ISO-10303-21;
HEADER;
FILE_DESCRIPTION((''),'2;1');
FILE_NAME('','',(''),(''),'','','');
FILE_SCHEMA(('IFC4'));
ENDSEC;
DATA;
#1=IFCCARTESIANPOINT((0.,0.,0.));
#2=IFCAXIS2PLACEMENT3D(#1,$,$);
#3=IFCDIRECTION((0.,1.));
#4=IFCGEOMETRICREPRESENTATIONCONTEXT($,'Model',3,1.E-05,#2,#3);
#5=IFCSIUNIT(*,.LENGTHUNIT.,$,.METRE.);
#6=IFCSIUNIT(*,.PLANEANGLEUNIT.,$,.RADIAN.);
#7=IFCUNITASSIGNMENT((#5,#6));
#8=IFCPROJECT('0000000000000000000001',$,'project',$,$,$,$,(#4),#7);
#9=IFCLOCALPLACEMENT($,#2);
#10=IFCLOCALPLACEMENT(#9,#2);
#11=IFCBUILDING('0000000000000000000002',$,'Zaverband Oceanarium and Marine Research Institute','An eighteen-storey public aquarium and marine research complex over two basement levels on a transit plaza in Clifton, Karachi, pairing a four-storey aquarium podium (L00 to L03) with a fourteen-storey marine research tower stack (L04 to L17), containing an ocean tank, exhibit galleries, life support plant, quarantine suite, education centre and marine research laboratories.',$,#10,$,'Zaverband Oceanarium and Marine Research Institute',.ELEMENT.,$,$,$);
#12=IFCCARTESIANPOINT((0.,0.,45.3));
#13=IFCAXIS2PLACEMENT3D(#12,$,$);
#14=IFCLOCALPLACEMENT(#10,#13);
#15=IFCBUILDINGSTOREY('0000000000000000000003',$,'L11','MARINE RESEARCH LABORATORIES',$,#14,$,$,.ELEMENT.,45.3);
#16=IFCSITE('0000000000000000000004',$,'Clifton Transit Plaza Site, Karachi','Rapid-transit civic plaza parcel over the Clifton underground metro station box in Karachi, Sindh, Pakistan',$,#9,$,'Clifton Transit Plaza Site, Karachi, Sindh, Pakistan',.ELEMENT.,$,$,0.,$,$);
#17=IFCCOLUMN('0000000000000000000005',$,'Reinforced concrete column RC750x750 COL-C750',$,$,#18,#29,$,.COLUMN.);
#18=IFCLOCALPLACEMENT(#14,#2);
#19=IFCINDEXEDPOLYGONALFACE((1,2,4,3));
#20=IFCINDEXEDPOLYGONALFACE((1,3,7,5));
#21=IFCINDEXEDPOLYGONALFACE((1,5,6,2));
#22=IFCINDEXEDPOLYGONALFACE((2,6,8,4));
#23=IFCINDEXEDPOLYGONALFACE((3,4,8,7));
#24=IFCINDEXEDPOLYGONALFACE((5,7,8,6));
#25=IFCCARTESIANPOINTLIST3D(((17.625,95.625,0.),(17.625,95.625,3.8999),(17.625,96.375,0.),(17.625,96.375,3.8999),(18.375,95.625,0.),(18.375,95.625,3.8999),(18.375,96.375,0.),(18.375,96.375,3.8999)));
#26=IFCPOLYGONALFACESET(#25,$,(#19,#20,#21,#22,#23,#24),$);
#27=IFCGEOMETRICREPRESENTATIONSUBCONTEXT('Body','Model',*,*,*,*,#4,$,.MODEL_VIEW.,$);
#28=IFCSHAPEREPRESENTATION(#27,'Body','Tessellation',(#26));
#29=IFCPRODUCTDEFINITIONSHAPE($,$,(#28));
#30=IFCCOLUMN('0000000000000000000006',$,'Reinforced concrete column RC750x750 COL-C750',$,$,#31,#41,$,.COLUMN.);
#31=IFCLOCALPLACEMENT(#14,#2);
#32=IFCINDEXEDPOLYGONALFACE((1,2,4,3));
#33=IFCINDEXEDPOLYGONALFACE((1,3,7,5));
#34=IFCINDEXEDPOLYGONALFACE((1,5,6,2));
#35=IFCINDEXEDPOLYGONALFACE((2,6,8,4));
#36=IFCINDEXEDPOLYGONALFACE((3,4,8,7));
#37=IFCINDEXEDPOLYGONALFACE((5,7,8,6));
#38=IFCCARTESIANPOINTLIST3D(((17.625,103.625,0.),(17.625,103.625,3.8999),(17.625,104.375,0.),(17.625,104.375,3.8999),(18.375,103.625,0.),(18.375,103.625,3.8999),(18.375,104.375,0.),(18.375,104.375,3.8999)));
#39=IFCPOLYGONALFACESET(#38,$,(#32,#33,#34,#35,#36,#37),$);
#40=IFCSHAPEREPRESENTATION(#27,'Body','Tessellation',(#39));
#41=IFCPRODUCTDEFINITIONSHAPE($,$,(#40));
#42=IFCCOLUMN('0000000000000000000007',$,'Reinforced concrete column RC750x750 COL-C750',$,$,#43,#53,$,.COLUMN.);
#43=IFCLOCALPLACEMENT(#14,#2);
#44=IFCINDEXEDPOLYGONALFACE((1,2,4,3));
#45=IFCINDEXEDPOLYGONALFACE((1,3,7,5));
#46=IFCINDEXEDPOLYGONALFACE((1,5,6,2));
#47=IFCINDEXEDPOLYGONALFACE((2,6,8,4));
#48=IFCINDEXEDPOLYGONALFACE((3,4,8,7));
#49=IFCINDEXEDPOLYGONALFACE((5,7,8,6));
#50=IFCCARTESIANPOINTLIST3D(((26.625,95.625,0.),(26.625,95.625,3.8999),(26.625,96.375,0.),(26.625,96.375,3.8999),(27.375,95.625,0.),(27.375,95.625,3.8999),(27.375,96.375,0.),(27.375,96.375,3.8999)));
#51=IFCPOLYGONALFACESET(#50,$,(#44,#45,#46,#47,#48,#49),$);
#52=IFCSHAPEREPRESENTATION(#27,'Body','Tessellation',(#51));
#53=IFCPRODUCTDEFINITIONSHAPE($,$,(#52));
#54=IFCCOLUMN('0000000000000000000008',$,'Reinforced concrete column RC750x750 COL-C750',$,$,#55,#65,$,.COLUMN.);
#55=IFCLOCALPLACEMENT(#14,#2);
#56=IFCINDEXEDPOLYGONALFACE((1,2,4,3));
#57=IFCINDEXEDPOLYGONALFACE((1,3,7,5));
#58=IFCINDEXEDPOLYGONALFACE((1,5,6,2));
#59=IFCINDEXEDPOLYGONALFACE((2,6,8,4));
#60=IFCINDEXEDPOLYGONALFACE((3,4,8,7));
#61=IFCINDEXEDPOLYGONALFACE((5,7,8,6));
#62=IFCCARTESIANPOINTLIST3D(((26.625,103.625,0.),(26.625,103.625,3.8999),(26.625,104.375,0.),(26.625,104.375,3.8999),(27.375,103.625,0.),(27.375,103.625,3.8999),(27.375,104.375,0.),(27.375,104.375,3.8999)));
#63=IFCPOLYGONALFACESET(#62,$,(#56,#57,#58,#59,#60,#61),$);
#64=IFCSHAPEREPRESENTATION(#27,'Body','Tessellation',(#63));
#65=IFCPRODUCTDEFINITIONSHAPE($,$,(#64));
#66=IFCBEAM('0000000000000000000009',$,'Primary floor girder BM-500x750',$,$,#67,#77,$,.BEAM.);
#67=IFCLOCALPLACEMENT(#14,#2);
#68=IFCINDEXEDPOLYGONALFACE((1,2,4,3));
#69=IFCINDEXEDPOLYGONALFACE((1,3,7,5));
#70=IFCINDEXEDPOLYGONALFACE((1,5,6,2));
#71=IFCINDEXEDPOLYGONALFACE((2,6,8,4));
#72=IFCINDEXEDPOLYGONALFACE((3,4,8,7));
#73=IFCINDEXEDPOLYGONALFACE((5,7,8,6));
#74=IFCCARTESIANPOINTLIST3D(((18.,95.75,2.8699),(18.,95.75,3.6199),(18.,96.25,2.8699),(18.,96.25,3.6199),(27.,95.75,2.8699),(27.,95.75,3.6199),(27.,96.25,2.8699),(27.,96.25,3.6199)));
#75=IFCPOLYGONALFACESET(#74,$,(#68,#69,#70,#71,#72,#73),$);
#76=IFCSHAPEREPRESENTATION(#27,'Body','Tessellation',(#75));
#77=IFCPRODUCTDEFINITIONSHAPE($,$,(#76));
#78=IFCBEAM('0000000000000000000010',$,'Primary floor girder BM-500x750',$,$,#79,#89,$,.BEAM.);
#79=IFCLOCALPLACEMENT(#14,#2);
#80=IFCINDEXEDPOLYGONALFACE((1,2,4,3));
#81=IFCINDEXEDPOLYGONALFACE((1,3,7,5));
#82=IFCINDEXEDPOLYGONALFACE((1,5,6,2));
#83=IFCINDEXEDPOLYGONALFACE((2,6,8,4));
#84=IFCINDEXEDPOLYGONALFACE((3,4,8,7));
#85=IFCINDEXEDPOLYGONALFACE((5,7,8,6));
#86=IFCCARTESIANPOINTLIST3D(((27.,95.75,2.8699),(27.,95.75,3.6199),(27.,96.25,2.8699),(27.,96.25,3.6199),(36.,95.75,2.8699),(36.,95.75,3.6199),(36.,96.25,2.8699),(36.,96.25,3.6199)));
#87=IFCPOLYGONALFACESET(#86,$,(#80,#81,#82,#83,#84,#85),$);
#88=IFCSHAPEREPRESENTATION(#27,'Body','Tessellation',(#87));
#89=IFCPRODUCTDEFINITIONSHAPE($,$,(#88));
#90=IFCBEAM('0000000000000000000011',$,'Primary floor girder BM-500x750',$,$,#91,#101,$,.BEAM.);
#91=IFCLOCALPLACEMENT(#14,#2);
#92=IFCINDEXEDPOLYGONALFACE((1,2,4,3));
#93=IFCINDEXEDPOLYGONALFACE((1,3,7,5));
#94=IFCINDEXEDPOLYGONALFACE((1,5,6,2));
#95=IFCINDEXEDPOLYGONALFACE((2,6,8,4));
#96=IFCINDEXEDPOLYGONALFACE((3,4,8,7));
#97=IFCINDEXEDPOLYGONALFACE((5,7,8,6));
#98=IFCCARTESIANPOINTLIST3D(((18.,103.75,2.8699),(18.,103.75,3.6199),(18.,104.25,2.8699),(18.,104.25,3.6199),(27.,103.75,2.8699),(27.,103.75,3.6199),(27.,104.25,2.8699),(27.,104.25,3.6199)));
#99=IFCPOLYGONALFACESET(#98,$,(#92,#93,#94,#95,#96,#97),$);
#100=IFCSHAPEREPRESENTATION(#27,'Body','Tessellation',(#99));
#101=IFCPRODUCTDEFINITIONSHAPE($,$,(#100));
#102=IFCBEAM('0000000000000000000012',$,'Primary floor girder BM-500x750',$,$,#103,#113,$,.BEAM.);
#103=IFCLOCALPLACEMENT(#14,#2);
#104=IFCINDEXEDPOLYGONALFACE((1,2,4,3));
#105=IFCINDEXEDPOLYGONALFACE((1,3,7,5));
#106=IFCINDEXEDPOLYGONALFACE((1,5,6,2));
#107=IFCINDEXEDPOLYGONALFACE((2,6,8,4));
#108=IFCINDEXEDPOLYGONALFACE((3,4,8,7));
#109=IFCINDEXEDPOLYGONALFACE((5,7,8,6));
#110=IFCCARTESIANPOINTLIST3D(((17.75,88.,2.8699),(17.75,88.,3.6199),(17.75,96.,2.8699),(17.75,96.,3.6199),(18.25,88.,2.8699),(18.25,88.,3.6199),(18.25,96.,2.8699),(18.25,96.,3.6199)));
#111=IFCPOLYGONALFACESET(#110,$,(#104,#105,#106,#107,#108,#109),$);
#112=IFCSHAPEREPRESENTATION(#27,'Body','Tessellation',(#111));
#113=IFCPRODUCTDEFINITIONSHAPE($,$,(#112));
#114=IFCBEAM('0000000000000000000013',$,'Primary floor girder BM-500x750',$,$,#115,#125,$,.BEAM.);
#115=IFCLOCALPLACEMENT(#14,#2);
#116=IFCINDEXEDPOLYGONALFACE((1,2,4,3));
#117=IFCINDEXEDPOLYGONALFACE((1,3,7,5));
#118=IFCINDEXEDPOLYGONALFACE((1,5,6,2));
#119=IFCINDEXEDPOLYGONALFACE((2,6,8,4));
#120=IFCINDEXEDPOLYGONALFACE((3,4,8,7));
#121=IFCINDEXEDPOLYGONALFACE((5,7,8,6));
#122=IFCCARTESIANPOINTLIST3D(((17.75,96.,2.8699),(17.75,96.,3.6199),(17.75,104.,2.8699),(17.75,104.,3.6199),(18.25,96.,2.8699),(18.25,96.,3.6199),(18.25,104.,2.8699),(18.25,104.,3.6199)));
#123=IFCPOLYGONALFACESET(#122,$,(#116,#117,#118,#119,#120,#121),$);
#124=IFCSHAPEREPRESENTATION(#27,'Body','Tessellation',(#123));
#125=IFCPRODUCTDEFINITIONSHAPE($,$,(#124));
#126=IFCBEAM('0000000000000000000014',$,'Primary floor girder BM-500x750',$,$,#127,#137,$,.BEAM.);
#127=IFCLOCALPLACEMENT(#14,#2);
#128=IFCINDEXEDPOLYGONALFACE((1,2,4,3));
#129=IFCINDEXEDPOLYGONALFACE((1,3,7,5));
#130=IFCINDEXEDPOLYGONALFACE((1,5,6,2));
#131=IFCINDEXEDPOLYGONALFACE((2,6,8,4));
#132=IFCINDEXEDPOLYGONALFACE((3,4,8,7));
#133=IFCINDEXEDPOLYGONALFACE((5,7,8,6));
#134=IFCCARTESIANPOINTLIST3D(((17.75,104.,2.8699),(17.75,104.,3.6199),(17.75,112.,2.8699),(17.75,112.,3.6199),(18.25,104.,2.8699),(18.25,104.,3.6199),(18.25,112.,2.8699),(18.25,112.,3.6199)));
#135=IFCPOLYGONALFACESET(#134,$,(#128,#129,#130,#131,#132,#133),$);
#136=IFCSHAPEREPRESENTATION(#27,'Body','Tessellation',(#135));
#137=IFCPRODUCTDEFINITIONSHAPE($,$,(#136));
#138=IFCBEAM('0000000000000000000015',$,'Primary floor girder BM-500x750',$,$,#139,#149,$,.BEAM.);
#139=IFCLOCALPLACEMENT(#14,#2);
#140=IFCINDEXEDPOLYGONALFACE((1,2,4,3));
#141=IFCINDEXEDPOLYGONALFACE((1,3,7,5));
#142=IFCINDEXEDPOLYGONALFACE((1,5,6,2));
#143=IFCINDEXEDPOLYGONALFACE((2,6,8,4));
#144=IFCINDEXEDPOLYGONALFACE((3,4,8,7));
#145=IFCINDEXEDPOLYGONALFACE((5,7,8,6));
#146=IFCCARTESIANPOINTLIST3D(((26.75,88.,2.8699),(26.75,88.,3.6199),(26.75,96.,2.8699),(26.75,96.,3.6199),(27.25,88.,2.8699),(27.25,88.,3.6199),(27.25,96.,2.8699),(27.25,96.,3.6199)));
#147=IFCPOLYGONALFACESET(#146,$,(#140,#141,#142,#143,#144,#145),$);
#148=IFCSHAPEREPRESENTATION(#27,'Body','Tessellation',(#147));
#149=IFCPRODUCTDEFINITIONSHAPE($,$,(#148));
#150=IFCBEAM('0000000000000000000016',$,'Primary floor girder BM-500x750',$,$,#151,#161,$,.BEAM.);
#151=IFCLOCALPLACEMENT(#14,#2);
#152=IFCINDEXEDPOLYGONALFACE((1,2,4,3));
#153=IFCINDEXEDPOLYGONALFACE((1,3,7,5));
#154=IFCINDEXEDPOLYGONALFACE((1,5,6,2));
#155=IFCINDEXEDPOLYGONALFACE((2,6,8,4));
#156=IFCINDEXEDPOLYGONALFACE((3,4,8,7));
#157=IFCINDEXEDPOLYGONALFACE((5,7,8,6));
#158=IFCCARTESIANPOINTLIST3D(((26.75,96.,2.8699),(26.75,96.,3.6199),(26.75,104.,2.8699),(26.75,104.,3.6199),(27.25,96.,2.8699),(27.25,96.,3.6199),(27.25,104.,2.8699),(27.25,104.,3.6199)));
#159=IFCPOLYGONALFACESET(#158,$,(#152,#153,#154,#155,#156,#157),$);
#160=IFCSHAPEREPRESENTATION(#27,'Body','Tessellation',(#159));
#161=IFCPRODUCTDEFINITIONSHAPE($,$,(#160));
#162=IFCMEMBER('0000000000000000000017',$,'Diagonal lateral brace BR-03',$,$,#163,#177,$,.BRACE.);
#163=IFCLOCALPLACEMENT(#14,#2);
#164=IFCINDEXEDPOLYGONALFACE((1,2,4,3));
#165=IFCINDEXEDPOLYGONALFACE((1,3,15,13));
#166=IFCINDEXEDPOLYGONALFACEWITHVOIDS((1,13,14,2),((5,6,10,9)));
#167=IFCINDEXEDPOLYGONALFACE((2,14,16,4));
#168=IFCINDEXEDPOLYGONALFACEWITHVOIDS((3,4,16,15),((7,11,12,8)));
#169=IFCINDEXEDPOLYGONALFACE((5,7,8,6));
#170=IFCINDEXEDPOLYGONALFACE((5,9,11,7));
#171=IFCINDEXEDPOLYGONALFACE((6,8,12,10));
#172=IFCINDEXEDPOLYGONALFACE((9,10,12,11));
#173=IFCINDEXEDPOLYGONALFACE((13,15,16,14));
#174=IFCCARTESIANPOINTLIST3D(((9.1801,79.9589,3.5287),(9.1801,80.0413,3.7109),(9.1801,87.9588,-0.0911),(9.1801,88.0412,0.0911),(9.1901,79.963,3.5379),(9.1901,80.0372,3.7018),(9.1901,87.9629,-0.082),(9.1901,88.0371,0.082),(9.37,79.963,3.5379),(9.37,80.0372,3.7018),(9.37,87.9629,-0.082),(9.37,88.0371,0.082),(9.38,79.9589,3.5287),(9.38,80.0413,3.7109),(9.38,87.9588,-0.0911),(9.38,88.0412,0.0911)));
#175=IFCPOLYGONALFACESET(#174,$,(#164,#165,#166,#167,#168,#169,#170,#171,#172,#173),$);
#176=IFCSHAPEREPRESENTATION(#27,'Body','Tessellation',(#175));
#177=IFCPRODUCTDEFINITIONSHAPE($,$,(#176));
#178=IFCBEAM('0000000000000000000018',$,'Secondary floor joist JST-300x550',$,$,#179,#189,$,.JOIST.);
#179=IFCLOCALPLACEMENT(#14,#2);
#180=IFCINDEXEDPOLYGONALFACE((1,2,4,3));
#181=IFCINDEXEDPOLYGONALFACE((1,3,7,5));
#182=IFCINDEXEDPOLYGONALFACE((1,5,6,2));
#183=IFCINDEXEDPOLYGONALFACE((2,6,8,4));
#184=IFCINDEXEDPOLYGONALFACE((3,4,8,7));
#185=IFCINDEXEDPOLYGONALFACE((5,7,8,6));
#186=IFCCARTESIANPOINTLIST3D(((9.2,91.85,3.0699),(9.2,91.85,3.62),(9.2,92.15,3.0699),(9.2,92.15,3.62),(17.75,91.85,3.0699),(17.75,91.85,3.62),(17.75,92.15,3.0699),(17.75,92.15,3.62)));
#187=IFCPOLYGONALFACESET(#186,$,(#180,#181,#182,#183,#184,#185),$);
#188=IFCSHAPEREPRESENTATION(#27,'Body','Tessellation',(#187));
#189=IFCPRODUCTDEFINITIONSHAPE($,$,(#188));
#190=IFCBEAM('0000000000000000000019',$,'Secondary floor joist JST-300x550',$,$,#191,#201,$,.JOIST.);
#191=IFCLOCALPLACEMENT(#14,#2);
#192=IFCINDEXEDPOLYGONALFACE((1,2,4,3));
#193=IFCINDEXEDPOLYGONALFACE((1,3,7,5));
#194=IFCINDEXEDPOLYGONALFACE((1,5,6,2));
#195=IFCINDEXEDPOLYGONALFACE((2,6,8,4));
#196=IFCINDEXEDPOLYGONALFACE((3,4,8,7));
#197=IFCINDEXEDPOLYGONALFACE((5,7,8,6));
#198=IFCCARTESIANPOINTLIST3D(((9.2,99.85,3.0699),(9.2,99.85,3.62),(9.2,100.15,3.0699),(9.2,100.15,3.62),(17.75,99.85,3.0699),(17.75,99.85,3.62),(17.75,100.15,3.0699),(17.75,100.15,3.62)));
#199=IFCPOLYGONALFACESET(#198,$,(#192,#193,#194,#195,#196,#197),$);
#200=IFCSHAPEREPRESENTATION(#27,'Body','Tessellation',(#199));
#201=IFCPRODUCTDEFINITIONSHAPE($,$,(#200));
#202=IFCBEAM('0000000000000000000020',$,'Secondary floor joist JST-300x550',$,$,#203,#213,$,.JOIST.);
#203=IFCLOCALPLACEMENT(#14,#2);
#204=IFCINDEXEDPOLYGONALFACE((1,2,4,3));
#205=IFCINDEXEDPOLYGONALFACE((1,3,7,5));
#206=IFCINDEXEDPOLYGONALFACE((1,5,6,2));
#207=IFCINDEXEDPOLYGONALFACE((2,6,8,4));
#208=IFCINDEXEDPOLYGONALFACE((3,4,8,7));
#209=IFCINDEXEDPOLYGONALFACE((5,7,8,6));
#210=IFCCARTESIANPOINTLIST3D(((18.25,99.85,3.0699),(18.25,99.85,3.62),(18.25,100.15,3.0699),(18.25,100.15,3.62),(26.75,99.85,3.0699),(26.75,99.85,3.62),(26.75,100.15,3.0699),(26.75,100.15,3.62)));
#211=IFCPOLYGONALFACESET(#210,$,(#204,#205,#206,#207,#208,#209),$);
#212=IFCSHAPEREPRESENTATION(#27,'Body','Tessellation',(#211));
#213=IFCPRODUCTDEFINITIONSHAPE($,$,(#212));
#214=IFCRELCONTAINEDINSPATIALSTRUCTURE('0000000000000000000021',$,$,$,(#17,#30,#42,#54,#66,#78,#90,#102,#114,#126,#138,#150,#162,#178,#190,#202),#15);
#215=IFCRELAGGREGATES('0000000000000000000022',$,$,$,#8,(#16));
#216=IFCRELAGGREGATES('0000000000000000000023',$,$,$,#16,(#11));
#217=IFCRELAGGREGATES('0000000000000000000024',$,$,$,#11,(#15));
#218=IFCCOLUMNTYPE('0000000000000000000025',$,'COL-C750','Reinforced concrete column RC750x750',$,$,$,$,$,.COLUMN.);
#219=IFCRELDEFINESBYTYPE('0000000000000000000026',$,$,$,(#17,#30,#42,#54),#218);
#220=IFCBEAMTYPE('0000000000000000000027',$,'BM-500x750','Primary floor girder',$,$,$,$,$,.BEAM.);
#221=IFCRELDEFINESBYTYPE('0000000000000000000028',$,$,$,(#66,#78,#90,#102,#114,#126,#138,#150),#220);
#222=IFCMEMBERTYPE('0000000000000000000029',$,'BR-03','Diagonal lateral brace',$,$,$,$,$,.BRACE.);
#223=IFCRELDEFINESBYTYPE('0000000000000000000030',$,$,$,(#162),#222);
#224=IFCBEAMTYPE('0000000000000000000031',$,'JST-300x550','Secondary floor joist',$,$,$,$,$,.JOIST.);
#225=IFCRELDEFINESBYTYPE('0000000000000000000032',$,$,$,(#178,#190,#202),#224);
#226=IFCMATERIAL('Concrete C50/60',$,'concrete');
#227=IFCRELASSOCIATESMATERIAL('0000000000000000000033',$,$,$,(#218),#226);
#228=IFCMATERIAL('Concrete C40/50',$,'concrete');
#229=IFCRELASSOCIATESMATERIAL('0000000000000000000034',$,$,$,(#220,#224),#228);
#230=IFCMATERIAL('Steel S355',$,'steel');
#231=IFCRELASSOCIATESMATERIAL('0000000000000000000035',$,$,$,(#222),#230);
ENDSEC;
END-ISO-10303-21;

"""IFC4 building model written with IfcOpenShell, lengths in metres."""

from ifc_helpers import new_model, si_unit, direction, frame, origin, origin_2d, place, context, subcontext, project, spatial, rectangle, hollow_rectangle, extrude, material, material_profile, profile_set, type_object, element, save


model = new_model("IFC4")

# Units and contexts
model_context = context("Model", 3, precision=1e-05, world=origin(), true_north=direction((0.0, 1.0)))
body_context = subcontext(model_context, "Body", "Model", "MODEL_VIEW")
ifc_project = project(units=[si_unit("LENGTHUNIT", "METRE"), si_unit("PLANEANGLEUNIT", "RADIAN")], contexts=[model_context])

# Site, building, storey
site_placement = place(None, origin())
site = spatial("IfcSite", under=ifc_project, at=site_placement, Name="Clifton Transit Plaza Site, Karachi", Description="Rapid-transit civic plaza parcel over the Clifton underground metro station box in Karachi, Sindh, Pakistan", LongName="Clifton Transit Plaza Site, Karachi, Sindh, Pakistan", CompositionType="ELEMENT", RefElevation=0.0)
building_placement = place(site_placement, origin())
building = spatial("IfcBuilding", under=site, at=building_placement, Name="Zaverband Oceanarium and Marine Research Institute", Description="An eighteen-storey public aquarium and marine research complex over two basement levels on a transit plaza in Clifton, Karachi, pairing a four-storey aquarium podium (L00 to L03) with a fourteen-storey marine research tower stack (L04 to L17), containing an ocean tank, exhibit galleries, life support plant, quarantine suite, education centre and marine research laboratories.", LongName="Zaverband Oceanarium and Marine Research Institute", CompositionType="ELEMENT")
storey_placement = place(building_placement, frame((0.0, 0.0, 45.3)))
storey = spatial("IfcBuildingStorey", under=building, at=storey_placement, Name="L11", Description="MARINE RESEARCH LABORATORIES", CompositionType="ELEMENT", Elevation=45.3)

# Columns
ifc_material_1 = material(Name="Concrete C50/60", Category="concrete")
ifc_material_profile_1 = material_profile(ifc_material_1, rectangle(XDim=0.75, YDim=0.75, at=origin_2d()), Name="RC750x750")
ifc_profile_set_1 = profile_set([ifc_material_profile_1], Name="Concrete C50/60")
column_type = type_object("IfcColumnType", Name="COL-C750", Description="Reinforced concrete column RC750x750", PredefinedType="COLUMN", material=ifc_profile_set_1)
for number, where, z_axis, x_axis, name in (
    (1, (18.0, 96.0, 0.0), (0.0, 0.0, 1.0), (1.0, 0.0, 0.0), "Reinforced concrete column RC750x750 COL-C750"),
    (2, (18.0, 104.0, 0.0), (0.0, 0.0, 1.0), (1.0, 0.0, 0.0), "Reinforced concrete column RC750x750 COL-C750"),
    (3, (27.0, 96.0, 0.0), (0.0, 0.0, 1.0), (1.0, 0.0, 0.0), "Reinforced concrete column RC750x750 COL-C750"),
    (4, (27.0, 104.0, 0.0), (0.0, 0.0, 1.0), (1.0, 0.0, 0.0), "Reinforced concrete column RC750x750 COL-C750"),
):
    element("IfcColumn", number, at=place(storey_placement, frame(where, z_axis=z_axis, x_axis=x_axis)), inside=storey, type_object=column_type, Name=name, PredefinedType="COLUMN", context=body_context, shape_type="SweptSolid", body=[
        extrude(rectangle(XDim=0.75, YDim=0.75, at=origin_2d()), origin(), (0.0, 0.0, 1.0), 3.8999),
    ])

# Beams
ifc_material_2 = material(Name="Concrete C40/50", Category="concrete")
ifc_material_profile_2 = material_profile(ifc_material_2, rectangle(XDim=0.5, YDim=0.75, at=origin_2d()), Name="RC500x750")
ifc_profile_set_2 = profile_set([ifc_material_profile_2], Name="Concrete C40/50")
beam_type_1 = type_object("IfcBeamType", Name="BM-500x750", Description="Primary floor girder", PredefinedType="BEAM", material=ifc_profile_set_2)
for number, where, z_axis, x_axis, name in (
    (5, (18.0, 96.0, 3.2449), (1.0, 0.0, 0.0), (0.0, 1.0, 0.0), "Primary floor girder BM-500x750"),
    (6, (27.0, 96.0, 3.2449), (1.0, 0.0, 0.0), (0.0, 1.0, 0.0), "Primary floor girder BM-500x750"),
    (7, (18.0, 104.0, 3.2449), (1.0, 0.0, 0.0), (0.0, 1.0, 0.0), "Primary floor girder BM-500x750"),
):
    element("IfcBeam", number, at=place(storey_placement, frame(where, z_axis=z_axis, x_axis=x_axis)), inside=storey, type_object=beam_type_1, Name=name, PredefinedType="BEAM", context=body_context, shape_type="SweptSolid", body=[
        extrude(rectangle(XDim=0.5, YDim=0.75, at=origin_2d()), origin(), (0.0, 0.0, 1.0), 9.0),
    ])
for number, where, z_axis, x_axis, name in (
    (8, (18.0, 88.0, 3.2449), (0.0, 1.0, 0.0), (-1.0, 0.0, 0.0), "Primary floor girder BM-500x750"),
    (9, (18.0, 96.0, 3.2449), (0.0, 1.0, 0.0), (-1.0, 0.0, 0.0), "Primary floor girder BM-500x750"),
    (10, (18.0, 104.0, 3.2449), (0.0, 1.0, 0.0), (-1.0, 0.0, 0.0), "Primary floor girder BM-500x750"),
    (11, (27.0, 88.0, 3.2449), (0.0, 1.0, 0.0), (-1.0, 0.0, 0.0), "Primary floor girder BM-500x750"),
    (12, (27.0, 96.0, 3.2449), (0.0, 1.0, 0.0), (-1.0, 0.0, 0.0), "Primary floor girder BM-500x750"),
):
    element("IfcBeam", number, at=place(storey_placement, frame(where, z_axis=z_axis, x_axis=x_axis)), inside=storey, type_object=beam_type_1, Name=name, PredefinedType="BEAM", context=body_context, shape_type="SweptSolid", body=[
        extrude(rectangle(XDim=0.5, YDim=0.75, at=origin_2d()), origin(), (0.0, 0.0, 1.0), 8.0),
    ])

# Member
ifc_material_3 = material(Name="Steel S355", Category="steel")
ifc_material_profile_3 = material_profile(ifc_material_3, hollow_rectangle(XDim=0.2, YDim=0.2, WallThickness=0.01, at=origin_2d()), Name="SHS200x200x10")
ifc_profile_set_3 = profile_set([ifc_material_profile_3], Name="Steel S355")
member_type = type_object("IfcMemberType", Name="BR-03", Description="Diagonal lateral brace", PredefinedType="BRACE", material=ifc_profile_set_3)
member_placement = place(storey_placement, frame((9.28, 88.0, 0.0), z_axis=(0.0, -0.911073, 0.412246), x_axis=(1.0, 0.0, 0.0)))
element("IfcMember", 13, at=member_placement, inside=storey, type_object=member_type, Name="Diagonal lateral brace BR-03", PredefinedType="BRACE", context=body_context, shape_type="SweptSolid", body=[
    extrude(hollow_rectangle(XDim=0.2, YDim=0.2, WallThickness=0.01, at=origin_2d()), origin(), (0.0, 0.0, 1.0), 8.7808),
])

# Beams
ifc_material_profile_4 = material_profile(ifc_material_2, rectangle(XDim=0.3, YDim=0.55, at=origin_2d()), Name="RC300x550")
ifc_profile_set_4 = profile_set([ifc_material_profile_4], Name="Concrete C40/50")
beam_type_2 = type_object("IfcBeamType", Name="JST-300x550", Description="Secondary floor joist", PredefinedType="JOIST", material=ifc_profile_set_4)
for number, where, z_axis, x_axis, name in (
    (14, (9.2, 92.0, 3.345), (1.0, 0.0, 0.0), (0.0, 1.0, 0.0), "Secondary floor joist JST-300x550"),
    (15, (9.2, 100.0, 3.345), (1.0, 0.0, 0.0), (0.0, 1.0, 0.0), "Secondary floor joist JST-300x550"),
):
    element("IfcBeam", number, at=place(storey_placement, frame(where, z_axis=z_axis, x_axis=x_axis)), inside=storey, type_object=beam_type_2, Name=name, PredefinedType="JOIST", context=body_context, shape_type="SweptSolid", body=[
        extrude(rectangle(XDim=0.3, YDim=0.55, at=origin_2d()), origin(), (0.0, 0.0, 1.0), 8.55),
    ])
beam_1_placement = place(storey_placement, frame((18.25, 100.0, 3.345), z_axis=(1.0, 0.0, 0.0), x_axis=(0.0, 1.0, 0.0)))
element("IfcBeam", 16, at=beam_1_placement, inside=storey, type_object=beam_type_2, Name="Secondary floor joist JST-300x550", PredefinedType="JOIST", context=body_context, shape_type="SweptSolid", body=[
    extrude(rectangle(XDim=0.3, YDim=0.55, at=origin_2d()), origin(), (0.0, 0.0, 1.0), 8.5),
])

save(model, "model.ifc")
